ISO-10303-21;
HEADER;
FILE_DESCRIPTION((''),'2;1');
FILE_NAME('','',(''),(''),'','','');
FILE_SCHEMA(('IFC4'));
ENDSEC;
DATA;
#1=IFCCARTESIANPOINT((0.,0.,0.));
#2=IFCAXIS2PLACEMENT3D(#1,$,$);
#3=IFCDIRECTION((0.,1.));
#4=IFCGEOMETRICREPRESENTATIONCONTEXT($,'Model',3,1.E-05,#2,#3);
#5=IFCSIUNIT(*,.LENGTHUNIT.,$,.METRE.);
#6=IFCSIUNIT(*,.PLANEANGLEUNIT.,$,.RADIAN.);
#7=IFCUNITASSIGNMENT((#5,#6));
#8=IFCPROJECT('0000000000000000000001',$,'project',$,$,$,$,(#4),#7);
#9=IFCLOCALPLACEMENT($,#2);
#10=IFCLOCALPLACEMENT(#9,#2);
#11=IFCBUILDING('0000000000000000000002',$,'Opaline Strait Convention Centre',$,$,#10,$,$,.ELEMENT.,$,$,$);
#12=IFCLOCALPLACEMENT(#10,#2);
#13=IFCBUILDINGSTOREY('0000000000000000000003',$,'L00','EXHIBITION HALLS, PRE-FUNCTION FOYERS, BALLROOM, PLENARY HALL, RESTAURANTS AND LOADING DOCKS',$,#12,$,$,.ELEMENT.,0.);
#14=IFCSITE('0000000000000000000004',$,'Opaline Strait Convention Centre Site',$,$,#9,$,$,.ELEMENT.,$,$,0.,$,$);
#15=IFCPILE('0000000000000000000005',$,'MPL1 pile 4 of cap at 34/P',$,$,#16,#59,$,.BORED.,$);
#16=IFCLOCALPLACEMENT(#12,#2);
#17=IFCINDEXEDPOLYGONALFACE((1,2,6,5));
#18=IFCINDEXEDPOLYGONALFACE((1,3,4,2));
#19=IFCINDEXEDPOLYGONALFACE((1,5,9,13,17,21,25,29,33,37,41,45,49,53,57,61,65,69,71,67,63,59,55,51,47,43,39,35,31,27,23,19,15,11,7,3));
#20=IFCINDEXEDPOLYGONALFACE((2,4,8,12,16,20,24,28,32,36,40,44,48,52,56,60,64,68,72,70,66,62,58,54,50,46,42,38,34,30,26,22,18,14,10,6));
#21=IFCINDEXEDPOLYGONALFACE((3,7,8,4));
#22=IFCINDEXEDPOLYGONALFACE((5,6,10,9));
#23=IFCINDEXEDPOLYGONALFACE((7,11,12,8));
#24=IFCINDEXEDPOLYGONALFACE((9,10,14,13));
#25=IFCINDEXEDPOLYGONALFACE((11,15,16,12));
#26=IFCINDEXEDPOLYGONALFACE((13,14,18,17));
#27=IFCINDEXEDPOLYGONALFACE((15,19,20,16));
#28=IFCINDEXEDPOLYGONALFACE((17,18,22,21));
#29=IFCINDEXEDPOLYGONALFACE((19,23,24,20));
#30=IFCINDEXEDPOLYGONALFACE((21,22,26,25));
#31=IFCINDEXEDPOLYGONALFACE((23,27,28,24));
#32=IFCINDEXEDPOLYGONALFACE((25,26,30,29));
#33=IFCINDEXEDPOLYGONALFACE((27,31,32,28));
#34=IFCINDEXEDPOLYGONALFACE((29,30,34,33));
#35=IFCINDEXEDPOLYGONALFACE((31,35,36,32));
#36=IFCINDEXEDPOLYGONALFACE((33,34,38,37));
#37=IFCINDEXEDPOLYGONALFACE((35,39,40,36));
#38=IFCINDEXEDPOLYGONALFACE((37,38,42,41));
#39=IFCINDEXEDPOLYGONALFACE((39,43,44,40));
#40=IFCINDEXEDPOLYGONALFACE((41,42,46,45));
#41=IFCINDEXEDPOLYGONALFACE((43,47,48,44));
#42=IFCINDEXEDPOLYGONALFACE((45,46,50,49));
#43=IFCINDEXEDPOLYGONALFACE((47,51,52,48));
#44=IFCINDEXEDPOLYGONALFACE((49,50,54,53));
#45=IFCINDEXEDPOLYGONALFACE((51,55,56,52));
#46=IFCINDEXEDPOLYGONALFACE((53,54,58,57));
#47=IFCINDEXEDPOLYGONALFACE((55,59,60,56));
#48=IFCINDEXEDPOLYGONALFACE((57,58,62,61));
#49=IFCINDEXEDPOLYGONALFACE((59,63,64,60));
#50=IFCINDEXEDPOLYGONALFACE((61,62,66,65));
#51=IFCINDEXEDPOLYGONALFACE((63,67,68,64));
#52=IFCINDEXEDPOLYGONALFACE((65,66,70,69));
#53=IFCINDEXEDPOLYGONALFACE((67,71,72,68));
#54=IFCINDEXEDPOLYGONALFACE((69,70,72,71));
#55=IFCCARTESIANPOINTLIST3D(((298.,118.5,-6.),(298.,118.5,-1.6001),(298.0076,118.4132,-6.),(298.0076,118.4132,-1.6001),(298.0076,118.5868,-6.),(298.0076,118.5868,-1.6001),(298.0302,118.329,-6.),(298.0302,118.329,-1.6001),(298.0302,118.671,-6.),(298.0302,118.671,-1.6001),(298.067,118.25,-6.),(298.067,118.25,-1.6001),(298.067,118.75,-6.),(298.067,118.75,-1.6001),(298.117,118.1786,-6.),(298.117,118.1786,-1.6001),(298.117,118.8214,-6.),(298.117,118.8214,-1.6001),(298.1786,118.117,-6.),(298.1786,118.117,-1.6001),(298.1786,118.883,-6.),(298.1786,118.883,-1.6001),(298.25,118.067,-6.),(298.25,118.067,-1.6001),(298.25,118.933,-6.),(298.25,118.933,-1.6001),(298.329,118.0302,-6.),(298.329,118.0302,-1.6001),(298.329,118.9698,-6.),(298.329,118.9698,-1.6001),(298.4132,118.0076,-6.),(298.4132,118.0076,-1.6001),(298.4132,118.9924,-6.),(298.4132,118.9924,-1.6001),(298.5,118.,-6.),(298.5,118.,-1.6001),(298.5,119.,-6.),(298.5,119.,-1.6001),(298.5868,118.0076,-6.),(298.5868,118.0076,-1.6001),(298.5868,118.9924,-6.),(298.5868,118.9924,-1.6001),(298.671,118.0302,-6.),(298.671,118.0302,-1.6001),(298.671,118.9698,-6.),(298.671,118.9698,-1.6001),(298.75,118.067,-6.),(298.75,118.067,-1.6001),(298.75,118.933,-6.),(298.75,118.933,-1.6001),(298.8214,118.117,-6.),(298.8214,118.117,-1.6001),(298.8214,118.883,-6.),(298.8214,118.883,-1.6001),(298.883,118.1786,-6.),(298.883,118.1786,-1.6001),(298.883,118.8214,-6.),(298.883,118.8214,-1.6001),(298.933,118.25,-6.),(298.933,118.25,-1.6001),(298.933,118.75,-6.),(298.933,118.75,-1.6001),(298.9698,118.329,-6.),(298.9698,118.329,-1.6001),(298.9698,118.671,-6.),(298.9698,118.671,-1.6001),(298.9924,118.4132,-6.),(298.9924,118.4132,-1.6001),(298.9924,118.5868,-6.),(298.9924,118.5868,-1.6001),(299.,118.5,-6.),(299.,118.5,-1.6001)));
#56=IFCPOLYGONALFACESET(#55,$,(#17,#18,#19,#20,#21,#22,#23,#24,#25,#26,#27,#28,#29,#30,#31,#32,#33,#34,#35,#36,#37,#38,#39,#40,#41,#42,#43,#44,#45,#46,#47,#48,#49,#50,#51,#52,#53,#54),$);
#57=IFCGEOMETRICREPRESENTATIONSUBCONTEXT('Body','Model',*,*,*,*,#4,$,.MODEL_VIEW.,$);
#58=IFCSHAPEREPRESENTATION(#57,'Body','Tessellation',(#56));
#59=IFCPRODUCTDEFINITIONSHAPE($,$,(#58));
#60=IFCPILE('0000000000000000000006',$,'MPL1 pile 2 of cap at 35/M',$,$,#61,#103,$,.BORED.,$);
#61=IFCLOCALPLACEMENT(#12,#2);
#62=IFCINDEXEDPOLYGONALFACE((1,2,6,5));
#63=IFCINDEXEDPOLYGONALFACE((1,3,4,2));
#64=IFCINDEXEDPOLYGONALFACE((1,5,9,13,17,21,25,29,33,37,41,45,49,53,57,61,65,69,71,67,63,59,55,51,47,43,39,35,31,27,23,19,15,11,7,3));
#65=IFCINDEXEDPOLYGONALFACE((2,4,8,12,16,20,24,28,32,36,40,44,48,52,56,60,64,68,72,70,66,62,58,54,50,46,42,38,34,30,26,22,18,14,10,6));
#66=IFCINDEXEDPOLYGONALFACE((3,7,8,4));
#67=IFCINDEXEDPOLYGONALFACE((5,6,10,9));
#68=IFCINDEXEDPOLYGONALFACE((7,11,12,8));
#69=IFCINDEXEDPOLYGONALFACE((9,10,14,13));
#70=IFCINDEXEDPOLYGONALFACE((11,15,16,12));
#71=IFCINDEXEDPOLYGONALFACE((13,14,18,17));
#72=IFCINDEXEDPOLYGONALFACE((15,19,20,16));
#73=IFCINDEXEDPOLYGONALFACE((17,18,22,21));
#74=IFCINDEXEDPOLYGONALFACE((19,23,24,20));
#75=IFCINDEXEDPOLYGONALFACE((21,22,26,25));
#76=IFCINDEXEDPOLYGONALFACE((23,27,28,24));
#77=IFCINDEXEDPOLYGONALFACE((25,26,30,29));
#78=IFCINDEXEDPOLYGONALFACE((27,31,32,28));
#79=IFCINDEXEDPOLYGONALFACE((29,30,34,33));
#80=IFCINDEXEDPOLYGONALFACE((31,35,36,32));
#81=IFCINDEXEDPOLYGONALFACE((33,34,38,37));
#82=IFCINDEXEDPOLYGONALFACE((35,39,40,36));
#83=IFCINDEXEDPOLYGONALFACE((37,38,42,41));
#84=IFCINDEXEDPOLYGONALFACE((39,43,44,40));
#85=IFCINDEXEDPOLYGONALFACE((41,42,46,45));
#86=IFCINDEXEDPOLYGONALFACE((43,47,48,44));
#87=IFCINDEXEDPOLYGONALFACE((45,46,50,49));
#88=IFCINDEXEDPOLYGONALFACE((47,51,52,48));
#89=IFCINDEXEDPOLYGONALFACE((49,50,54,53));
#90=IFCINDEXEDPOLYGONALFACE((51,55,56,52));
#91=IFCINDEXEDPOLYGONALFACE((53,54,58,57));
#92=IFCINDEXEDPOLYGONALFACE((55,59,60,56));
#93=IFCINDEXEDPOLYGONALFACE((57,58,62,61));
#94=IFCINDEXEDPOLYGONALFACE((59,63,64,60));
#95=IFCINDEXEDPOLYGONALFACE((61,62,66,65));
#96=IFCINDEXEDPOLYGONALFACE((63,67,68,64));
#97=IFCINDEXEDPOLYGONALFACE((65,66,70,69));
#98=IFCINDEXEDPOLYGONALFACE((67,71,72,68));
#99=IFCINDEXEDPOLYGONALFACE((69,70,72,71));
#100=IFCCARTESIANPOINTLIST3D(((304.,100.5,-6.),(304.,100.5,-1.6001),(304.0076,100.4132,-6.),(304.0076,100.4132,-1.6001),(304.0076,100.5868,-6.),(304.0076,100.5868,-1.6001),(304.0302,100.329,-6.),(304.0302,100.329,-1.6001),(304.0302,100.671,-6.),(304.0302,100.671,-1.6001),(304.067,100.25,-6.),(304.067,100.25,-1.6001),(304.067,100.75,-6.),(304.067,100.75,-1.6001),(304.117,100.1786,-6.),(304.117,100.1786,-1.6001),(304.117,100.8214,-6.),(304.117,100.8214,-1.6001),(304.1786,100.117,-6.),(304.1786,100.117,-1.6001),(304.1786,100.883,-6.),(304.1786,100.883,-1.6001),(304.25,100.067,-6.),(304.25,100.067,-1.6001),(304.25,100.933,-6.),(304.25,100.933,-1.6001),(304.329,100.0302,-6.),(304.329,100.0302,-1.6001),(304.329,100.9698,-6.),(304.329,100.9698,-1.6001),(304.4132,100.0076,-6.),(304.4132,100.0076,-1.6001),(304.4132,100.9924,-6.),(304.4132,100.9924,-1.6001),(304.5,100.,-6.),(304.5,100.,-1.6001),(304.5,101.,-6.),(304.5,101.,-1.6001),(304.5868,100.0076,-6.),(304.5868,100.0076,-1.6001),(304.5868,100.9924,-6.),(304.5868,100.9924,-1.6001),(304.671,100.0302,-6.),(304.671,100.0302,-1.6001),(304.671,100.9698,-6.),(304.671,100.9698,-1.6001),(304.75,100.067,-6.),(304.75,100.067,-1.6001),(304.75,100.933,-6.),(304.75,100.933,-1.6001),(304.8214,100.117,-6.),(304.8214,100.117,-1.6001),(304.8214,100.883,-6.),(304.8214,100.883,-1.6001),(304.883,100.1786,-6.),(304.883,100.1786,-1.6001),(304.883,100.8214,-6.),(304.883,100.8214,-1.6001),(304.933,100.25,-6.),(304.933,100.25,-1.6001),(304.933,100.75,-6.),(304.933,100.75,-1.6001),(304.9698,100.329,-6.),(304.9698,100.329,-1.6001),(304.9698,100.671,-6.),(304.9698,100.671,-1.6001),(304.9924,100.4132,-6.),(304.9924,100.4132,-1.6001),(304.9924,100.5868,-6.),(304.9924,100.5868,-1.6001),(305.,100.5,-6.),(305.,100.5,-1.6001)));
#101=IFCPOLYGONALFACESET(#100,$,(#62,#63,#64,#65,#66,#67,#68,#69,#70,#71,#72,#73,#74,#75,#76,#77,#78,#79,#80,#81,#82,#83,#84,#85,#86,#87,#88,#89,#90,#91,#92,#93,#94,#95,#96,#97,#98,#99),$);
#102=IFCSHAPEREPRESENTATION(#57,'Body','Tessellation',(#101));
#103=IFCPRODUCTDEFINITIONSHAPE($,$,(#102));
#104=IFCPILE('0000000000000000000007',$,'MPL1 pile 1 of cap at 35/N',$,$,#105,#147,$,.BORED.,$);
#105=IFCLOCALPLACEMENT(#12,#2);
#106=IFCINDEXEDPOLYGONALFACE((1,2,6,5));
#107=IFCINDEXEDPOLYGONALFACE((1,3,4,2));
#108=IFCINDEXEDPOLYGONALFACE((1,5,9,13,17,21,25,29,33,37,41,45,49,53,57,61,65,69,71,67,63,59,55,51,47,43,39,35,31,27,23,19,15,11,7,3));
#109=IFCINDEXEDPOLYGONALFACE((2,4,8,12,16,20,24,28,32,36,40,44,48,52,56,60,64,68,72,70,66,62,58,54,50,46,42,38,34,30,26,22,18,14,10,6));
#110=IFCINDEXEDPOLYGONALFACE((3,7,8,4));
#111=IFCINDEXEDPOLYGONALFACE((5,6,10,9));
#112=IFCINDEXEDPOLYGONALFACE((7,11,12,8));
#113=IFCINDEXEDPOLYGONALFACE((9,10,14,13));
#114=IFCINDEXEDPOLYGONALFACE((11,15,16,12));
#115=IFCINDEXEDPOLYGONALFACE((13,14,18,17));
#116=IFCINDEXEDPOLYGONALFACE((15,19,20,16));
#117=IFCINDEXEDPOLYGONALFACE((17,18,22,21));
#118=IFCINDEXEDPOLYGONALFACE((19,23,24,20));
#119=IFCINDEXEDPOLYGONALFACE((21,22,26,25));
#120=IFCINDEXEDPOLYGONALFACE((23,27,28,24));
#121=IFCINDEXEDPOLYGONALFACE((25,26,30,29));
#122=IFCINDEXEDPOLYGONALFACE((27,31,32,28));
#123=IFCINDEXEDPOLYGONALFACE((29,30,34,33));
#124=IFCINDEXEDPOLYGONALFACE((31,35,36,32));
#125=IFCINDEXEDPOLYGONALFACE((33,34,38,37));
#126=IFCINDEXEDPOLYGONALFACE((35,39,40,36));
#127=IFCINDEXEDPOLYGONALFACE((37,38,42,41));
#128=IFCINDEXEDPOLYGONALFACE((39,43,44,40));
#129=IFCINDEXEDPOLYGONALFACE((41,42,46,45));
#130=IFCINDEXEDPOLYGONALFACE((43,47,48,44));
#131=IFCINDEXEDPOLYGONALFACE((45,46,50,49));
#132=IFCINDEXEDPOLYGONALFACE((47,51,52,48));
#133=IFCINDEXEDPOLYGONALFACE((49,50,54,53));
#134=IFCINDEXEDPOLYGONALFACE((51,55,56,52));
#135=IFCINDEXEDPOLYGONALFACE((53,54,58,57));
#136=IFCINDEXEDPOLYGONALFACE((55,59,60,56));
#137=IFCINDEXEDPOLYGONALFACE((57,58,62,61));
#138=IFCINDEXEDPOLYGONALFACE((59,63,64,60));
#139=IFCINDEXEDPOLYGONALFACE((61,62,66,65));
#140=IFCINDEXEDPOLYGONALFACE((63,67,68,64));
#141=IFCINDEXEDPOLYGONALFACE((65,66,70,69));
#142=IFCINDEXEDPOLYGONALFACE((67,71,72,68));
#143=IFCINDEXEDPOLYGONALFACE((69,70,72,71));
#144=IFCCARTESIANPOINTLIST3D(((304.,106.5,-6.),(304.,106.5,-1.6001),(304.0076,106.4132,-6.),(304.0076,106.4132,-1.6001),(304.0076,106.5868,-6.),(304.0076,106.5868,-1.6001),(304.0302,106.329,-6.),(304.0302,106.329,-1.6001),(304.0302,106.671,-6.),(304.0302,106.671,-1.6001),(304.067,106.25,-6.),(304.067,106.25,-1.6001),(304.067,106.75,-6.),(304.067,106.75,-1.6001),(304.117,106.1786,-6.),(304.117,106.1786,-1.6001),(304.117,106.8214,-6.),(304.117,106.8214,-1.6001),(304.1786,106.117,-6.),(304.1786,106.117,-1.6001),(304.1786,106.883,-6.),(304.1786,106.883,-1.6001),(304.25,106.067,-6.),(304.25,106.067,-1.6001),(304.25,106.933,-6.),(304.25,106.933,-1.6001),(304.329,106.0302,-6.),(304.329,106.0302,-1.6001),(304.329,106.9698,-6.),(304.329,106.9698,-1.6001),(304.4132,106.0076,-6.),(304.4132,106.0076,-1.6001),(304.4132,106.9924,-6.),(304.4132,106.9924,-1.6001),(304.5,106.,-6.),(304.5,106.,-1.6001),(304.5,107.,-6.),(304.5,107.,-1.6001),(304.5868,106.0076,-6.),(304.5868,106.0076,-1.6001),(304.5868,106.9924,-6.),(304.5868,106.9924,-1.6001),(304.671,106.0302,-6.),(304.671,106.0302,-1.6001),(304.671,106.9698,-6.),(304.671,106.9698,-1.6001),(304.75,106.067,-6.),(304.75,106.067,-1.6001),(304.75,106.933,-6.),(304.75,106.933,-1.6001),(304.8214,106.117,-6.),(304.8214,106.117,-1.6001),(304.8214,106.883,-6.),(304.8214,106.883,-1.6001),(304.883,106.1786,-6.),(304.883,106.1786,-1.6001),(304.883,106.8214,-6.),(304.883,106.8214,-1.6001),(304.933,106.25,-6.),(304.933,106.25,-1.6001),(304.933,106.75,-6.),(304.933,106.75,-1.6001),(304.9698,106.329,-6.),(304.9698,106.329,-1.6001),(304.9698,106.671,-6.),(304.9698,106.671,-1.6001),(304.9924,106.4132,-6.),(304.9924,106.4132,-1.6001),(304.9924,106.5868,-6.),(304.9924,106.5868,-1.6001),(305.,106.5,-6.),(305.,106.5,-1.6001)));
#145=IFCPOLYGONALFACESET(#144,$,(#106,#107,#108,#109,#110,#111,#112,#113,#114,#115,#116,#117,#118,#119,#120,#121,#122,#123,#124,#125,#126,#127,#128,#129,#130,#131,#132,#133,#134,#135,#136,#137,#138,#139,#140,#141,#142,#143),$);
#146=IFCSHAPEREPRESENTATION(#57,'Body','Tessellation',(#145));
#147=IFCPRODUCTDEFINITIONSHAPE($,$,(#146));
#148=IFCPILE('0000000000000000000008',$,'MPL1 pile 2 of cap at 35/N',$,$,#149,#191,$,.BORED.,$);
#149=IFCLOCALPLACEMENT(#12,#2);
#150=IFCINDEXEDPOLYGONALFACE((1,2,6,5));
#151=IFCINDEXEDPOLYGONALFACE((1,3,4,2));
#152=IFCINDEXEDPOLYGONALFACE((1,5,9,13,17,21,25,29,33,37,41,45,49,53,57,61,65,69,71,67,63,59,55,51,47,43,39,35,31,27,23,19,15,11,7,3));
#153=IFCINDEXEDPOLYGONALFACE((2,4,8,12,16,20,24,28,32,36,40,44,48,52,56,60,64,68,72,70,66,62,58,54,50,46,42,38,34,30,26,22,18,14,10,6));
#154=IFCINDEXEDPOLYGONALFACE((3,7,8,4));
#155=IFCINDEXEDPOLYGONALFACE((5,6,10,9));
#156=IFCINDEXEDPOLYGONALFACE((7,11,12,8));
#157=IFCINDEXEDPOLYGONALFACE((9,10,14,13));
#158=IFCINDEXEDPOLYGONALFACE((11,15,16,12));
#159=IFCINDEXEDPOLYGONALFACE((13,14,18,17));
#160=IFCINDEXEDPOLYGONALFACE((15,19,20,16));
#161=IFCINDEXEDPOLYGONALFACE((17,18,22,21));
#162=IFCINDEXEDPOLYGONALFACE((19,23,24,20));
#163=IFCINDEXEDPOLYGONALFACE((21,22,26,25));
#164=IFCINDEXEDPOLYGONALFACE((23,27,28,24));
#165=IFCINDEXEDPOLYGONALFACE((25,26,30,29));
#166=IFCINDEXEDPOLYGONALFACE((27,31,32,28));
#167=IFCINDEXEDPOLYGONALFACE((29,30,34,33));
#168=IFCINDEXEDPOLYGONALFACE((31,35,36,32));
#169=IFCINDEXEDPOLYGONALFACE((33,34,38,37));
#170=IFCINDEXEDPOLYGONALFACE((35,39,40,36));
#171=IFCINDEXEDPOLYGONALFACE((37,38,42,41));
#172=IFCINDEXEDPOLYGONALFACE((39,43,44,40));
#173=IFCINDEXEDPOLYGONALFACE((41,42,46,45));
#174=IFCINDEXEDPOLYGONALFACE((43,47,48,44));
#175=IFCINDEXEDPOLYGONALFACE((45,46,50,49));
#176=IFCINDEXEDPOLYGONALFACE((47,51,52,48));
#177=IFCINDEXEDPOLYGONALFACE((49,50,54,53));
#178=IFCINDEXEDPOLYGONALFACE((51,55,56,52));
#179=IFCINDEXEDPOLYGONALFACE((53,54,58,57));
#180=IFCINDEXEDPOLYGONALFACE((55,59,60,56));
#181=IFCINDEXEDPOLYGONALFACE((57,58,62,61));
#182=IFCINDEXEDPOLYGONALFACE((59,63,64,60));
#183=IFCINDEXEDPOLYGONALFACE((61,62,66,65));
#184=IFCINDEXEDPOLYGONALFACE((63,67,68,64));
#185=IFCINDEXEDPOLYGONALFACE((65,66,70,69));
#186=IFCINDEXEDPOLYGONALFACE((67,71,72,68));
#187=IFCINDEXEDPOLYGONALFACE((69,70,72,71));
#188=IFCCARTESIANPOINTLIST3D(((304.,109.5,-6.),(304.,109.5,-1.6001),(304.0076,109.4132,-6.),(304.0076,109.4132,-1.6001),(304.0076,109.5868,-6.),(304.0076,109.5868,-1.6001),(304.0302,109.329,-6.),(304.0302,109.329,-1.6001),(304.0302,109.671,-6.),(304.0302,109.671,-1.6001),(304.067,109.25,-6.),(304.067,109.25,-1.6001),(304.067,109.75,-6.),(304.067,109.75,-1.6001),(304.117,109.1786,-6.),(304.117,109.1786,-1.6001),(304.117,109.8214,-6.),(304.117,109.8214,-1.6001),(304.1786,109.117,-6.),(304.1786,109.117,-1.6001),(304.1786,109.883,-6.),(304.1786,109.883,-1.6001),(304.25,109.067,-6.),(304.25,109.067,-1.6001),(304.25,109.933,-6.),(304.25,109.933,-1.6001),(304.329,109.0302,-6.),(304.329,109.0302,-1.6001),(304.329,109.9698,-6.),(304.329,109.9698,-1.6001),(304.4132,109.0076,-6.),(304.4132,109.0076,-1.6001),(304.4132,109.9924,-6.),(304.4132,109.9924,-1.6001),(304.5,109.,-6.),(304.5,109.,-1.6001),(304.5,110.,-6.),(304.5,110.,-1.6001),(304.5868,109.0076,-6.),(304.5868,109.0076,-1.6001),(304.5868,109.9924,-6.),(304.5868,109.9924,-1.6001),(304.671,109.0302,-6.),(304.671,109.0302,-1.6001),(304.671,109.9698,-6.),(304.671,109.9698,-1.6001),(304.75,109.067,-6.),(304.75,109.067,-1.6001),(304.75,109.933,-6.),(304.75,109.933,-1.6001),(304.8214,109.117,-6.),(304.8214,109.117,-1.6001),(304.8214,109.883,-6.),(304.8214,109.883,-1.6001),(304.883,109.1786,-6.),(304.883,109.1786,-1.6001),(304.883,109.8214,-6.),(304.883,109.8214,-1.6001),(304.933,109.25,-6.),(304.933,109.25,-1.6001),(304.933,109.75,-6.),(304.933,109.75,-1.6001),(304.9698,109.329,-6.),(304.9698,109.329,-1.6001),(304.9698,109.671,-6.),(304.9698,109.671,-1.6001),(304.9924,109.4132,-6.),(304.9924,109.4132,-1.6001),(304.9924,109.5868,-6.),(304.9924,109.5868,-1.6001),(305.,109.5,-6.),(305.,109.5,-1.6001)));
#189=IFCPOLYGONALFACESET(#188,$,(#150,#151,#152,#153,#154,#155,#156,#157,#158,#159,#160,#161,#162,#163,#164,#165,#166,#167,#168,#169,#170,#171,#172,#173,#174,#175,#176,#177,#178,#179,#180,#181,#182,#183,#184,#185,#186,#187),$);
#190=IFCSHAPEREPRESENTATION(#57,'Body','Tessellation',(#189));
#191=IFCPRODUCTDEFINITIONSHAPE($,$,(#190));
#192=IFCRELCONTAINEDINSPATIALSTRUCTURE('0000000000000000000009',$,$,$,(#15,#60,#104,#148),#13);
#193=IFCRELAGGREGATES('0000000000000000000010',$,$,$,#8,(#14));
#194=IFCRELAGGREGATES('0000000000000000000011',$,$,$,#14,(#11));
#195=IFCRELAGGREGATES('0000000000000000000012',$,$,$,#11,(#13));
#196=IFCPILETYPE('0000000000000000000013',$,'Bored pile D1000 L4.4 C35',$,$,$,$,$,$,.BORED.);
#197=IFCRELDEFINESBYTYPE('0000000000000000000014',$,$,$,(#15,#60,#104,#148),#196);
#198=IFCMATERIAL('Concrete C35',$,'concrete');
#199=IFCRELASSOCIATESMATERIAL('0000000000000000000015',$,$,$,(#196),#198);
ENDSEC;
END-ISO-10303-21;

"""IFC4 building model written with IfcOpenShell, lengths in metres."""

from ifc_helpers import new_model, si_unit, direction, frame, origin, origin_2d, place, context, subcontext, project, spatial, circle, extrude, material, material_profile, profile_set, type_object, element, save


model = new_model("IFC4")

# Units and contexts
model_context = context("Model", 3, precision=1e-05, world=origin(), true_north=direction((0.0, 1.0)))
body_context = subcontext(model_context, "Body", "Model", "MODEL_VIEW")
ifc_project = project(units=[si_unit("LENGTHUNIT", "METRE"), si_unit("PLANEANGLEUNIT", "RADIAN")], contexts=[model_context])

# Site, building, storey
site_placement = place(None, origin())
site = spatial("IfcSite", under=ifc_project, at=site_placement, Name="Opaline Strait Convention Centre Site", CompositionType="ELEMENT", RefElevation=0.0)
building_placement = place(site_placement, origin())
building = spatial("IfcBuilding", under=site, at=building_placement, Name="Opaline Strait Convention Centre", CompositionType="ELEMENT")
storey_placement = place(building_placement, origin())
storey = spatial("IfcBuildingStorey", under=building, at=storey_placement, Name="L00", Description="EXHIBITION HALLS, PRE-FUNCTION FOYERS, BALLROOM, PLENARY HALL, RESTAURANTS AND LOADING DOCKS", CompositionType="ELEMENT", Elevation=0.0)

# Piles
ifc_material_1 = material(Name="Concrete C35", Category="concrete")
ifc_material_profile_1 = material_profile(ifc_material_1, circle(Radius=0.5, at=origin_2d()), Name="D1000")
ifc_profile_set_1 = profile_set([ifc_material_profile_1], Name="Concrete C35")
pile_type = type_object("IfcPileType", Name="Bored pile D1000 L4.4 C35", PredefinedType="BORED", material=ifc_profile_set_1)
for number, where, z_axis, x_axis, name in (
    (1, (298.5, 118.5, -1.6001), (0.0, 0.0, -1.0), (1.0, 0.0, 0.0), "MPL1 pile 4 of cap at 34/P"),
    (2, (304.5, 100.5, -1.6001), (0.0, 0.0, -1.0), (1.0, 0.0, 0.0), "MPL1 pile 2 of cap at 35/M"),
    (3, (304.5, 106.5, -1.6001), (0.0, 0.0, -1.0), (1.0, 0.0, 0.0), "MPL1 pile 1 of cap at 35/N"),
    (4, (304.5, 109.5, -1.6001), (0.0, 0.0, -1.0), (1.0, 0.0, 0.0), "MPL1 pile 2 of cap at 35/N"),
):
    element("IfcPile", number, at=place(storey_placement, frame(where, z_axis=z_axis, x_axis=x_axis)), inside=storey, type_object=pile_type, Name=name, PredefinedType="BORED", context=body_context, shape_type="SweptSolid", body=[
        extrude(circle(Radius=0.5, at=origin_2d()), origin(), (0.0, 0.0, 1.0), 4.3999),
    ])

save(model, "model.ifc")
